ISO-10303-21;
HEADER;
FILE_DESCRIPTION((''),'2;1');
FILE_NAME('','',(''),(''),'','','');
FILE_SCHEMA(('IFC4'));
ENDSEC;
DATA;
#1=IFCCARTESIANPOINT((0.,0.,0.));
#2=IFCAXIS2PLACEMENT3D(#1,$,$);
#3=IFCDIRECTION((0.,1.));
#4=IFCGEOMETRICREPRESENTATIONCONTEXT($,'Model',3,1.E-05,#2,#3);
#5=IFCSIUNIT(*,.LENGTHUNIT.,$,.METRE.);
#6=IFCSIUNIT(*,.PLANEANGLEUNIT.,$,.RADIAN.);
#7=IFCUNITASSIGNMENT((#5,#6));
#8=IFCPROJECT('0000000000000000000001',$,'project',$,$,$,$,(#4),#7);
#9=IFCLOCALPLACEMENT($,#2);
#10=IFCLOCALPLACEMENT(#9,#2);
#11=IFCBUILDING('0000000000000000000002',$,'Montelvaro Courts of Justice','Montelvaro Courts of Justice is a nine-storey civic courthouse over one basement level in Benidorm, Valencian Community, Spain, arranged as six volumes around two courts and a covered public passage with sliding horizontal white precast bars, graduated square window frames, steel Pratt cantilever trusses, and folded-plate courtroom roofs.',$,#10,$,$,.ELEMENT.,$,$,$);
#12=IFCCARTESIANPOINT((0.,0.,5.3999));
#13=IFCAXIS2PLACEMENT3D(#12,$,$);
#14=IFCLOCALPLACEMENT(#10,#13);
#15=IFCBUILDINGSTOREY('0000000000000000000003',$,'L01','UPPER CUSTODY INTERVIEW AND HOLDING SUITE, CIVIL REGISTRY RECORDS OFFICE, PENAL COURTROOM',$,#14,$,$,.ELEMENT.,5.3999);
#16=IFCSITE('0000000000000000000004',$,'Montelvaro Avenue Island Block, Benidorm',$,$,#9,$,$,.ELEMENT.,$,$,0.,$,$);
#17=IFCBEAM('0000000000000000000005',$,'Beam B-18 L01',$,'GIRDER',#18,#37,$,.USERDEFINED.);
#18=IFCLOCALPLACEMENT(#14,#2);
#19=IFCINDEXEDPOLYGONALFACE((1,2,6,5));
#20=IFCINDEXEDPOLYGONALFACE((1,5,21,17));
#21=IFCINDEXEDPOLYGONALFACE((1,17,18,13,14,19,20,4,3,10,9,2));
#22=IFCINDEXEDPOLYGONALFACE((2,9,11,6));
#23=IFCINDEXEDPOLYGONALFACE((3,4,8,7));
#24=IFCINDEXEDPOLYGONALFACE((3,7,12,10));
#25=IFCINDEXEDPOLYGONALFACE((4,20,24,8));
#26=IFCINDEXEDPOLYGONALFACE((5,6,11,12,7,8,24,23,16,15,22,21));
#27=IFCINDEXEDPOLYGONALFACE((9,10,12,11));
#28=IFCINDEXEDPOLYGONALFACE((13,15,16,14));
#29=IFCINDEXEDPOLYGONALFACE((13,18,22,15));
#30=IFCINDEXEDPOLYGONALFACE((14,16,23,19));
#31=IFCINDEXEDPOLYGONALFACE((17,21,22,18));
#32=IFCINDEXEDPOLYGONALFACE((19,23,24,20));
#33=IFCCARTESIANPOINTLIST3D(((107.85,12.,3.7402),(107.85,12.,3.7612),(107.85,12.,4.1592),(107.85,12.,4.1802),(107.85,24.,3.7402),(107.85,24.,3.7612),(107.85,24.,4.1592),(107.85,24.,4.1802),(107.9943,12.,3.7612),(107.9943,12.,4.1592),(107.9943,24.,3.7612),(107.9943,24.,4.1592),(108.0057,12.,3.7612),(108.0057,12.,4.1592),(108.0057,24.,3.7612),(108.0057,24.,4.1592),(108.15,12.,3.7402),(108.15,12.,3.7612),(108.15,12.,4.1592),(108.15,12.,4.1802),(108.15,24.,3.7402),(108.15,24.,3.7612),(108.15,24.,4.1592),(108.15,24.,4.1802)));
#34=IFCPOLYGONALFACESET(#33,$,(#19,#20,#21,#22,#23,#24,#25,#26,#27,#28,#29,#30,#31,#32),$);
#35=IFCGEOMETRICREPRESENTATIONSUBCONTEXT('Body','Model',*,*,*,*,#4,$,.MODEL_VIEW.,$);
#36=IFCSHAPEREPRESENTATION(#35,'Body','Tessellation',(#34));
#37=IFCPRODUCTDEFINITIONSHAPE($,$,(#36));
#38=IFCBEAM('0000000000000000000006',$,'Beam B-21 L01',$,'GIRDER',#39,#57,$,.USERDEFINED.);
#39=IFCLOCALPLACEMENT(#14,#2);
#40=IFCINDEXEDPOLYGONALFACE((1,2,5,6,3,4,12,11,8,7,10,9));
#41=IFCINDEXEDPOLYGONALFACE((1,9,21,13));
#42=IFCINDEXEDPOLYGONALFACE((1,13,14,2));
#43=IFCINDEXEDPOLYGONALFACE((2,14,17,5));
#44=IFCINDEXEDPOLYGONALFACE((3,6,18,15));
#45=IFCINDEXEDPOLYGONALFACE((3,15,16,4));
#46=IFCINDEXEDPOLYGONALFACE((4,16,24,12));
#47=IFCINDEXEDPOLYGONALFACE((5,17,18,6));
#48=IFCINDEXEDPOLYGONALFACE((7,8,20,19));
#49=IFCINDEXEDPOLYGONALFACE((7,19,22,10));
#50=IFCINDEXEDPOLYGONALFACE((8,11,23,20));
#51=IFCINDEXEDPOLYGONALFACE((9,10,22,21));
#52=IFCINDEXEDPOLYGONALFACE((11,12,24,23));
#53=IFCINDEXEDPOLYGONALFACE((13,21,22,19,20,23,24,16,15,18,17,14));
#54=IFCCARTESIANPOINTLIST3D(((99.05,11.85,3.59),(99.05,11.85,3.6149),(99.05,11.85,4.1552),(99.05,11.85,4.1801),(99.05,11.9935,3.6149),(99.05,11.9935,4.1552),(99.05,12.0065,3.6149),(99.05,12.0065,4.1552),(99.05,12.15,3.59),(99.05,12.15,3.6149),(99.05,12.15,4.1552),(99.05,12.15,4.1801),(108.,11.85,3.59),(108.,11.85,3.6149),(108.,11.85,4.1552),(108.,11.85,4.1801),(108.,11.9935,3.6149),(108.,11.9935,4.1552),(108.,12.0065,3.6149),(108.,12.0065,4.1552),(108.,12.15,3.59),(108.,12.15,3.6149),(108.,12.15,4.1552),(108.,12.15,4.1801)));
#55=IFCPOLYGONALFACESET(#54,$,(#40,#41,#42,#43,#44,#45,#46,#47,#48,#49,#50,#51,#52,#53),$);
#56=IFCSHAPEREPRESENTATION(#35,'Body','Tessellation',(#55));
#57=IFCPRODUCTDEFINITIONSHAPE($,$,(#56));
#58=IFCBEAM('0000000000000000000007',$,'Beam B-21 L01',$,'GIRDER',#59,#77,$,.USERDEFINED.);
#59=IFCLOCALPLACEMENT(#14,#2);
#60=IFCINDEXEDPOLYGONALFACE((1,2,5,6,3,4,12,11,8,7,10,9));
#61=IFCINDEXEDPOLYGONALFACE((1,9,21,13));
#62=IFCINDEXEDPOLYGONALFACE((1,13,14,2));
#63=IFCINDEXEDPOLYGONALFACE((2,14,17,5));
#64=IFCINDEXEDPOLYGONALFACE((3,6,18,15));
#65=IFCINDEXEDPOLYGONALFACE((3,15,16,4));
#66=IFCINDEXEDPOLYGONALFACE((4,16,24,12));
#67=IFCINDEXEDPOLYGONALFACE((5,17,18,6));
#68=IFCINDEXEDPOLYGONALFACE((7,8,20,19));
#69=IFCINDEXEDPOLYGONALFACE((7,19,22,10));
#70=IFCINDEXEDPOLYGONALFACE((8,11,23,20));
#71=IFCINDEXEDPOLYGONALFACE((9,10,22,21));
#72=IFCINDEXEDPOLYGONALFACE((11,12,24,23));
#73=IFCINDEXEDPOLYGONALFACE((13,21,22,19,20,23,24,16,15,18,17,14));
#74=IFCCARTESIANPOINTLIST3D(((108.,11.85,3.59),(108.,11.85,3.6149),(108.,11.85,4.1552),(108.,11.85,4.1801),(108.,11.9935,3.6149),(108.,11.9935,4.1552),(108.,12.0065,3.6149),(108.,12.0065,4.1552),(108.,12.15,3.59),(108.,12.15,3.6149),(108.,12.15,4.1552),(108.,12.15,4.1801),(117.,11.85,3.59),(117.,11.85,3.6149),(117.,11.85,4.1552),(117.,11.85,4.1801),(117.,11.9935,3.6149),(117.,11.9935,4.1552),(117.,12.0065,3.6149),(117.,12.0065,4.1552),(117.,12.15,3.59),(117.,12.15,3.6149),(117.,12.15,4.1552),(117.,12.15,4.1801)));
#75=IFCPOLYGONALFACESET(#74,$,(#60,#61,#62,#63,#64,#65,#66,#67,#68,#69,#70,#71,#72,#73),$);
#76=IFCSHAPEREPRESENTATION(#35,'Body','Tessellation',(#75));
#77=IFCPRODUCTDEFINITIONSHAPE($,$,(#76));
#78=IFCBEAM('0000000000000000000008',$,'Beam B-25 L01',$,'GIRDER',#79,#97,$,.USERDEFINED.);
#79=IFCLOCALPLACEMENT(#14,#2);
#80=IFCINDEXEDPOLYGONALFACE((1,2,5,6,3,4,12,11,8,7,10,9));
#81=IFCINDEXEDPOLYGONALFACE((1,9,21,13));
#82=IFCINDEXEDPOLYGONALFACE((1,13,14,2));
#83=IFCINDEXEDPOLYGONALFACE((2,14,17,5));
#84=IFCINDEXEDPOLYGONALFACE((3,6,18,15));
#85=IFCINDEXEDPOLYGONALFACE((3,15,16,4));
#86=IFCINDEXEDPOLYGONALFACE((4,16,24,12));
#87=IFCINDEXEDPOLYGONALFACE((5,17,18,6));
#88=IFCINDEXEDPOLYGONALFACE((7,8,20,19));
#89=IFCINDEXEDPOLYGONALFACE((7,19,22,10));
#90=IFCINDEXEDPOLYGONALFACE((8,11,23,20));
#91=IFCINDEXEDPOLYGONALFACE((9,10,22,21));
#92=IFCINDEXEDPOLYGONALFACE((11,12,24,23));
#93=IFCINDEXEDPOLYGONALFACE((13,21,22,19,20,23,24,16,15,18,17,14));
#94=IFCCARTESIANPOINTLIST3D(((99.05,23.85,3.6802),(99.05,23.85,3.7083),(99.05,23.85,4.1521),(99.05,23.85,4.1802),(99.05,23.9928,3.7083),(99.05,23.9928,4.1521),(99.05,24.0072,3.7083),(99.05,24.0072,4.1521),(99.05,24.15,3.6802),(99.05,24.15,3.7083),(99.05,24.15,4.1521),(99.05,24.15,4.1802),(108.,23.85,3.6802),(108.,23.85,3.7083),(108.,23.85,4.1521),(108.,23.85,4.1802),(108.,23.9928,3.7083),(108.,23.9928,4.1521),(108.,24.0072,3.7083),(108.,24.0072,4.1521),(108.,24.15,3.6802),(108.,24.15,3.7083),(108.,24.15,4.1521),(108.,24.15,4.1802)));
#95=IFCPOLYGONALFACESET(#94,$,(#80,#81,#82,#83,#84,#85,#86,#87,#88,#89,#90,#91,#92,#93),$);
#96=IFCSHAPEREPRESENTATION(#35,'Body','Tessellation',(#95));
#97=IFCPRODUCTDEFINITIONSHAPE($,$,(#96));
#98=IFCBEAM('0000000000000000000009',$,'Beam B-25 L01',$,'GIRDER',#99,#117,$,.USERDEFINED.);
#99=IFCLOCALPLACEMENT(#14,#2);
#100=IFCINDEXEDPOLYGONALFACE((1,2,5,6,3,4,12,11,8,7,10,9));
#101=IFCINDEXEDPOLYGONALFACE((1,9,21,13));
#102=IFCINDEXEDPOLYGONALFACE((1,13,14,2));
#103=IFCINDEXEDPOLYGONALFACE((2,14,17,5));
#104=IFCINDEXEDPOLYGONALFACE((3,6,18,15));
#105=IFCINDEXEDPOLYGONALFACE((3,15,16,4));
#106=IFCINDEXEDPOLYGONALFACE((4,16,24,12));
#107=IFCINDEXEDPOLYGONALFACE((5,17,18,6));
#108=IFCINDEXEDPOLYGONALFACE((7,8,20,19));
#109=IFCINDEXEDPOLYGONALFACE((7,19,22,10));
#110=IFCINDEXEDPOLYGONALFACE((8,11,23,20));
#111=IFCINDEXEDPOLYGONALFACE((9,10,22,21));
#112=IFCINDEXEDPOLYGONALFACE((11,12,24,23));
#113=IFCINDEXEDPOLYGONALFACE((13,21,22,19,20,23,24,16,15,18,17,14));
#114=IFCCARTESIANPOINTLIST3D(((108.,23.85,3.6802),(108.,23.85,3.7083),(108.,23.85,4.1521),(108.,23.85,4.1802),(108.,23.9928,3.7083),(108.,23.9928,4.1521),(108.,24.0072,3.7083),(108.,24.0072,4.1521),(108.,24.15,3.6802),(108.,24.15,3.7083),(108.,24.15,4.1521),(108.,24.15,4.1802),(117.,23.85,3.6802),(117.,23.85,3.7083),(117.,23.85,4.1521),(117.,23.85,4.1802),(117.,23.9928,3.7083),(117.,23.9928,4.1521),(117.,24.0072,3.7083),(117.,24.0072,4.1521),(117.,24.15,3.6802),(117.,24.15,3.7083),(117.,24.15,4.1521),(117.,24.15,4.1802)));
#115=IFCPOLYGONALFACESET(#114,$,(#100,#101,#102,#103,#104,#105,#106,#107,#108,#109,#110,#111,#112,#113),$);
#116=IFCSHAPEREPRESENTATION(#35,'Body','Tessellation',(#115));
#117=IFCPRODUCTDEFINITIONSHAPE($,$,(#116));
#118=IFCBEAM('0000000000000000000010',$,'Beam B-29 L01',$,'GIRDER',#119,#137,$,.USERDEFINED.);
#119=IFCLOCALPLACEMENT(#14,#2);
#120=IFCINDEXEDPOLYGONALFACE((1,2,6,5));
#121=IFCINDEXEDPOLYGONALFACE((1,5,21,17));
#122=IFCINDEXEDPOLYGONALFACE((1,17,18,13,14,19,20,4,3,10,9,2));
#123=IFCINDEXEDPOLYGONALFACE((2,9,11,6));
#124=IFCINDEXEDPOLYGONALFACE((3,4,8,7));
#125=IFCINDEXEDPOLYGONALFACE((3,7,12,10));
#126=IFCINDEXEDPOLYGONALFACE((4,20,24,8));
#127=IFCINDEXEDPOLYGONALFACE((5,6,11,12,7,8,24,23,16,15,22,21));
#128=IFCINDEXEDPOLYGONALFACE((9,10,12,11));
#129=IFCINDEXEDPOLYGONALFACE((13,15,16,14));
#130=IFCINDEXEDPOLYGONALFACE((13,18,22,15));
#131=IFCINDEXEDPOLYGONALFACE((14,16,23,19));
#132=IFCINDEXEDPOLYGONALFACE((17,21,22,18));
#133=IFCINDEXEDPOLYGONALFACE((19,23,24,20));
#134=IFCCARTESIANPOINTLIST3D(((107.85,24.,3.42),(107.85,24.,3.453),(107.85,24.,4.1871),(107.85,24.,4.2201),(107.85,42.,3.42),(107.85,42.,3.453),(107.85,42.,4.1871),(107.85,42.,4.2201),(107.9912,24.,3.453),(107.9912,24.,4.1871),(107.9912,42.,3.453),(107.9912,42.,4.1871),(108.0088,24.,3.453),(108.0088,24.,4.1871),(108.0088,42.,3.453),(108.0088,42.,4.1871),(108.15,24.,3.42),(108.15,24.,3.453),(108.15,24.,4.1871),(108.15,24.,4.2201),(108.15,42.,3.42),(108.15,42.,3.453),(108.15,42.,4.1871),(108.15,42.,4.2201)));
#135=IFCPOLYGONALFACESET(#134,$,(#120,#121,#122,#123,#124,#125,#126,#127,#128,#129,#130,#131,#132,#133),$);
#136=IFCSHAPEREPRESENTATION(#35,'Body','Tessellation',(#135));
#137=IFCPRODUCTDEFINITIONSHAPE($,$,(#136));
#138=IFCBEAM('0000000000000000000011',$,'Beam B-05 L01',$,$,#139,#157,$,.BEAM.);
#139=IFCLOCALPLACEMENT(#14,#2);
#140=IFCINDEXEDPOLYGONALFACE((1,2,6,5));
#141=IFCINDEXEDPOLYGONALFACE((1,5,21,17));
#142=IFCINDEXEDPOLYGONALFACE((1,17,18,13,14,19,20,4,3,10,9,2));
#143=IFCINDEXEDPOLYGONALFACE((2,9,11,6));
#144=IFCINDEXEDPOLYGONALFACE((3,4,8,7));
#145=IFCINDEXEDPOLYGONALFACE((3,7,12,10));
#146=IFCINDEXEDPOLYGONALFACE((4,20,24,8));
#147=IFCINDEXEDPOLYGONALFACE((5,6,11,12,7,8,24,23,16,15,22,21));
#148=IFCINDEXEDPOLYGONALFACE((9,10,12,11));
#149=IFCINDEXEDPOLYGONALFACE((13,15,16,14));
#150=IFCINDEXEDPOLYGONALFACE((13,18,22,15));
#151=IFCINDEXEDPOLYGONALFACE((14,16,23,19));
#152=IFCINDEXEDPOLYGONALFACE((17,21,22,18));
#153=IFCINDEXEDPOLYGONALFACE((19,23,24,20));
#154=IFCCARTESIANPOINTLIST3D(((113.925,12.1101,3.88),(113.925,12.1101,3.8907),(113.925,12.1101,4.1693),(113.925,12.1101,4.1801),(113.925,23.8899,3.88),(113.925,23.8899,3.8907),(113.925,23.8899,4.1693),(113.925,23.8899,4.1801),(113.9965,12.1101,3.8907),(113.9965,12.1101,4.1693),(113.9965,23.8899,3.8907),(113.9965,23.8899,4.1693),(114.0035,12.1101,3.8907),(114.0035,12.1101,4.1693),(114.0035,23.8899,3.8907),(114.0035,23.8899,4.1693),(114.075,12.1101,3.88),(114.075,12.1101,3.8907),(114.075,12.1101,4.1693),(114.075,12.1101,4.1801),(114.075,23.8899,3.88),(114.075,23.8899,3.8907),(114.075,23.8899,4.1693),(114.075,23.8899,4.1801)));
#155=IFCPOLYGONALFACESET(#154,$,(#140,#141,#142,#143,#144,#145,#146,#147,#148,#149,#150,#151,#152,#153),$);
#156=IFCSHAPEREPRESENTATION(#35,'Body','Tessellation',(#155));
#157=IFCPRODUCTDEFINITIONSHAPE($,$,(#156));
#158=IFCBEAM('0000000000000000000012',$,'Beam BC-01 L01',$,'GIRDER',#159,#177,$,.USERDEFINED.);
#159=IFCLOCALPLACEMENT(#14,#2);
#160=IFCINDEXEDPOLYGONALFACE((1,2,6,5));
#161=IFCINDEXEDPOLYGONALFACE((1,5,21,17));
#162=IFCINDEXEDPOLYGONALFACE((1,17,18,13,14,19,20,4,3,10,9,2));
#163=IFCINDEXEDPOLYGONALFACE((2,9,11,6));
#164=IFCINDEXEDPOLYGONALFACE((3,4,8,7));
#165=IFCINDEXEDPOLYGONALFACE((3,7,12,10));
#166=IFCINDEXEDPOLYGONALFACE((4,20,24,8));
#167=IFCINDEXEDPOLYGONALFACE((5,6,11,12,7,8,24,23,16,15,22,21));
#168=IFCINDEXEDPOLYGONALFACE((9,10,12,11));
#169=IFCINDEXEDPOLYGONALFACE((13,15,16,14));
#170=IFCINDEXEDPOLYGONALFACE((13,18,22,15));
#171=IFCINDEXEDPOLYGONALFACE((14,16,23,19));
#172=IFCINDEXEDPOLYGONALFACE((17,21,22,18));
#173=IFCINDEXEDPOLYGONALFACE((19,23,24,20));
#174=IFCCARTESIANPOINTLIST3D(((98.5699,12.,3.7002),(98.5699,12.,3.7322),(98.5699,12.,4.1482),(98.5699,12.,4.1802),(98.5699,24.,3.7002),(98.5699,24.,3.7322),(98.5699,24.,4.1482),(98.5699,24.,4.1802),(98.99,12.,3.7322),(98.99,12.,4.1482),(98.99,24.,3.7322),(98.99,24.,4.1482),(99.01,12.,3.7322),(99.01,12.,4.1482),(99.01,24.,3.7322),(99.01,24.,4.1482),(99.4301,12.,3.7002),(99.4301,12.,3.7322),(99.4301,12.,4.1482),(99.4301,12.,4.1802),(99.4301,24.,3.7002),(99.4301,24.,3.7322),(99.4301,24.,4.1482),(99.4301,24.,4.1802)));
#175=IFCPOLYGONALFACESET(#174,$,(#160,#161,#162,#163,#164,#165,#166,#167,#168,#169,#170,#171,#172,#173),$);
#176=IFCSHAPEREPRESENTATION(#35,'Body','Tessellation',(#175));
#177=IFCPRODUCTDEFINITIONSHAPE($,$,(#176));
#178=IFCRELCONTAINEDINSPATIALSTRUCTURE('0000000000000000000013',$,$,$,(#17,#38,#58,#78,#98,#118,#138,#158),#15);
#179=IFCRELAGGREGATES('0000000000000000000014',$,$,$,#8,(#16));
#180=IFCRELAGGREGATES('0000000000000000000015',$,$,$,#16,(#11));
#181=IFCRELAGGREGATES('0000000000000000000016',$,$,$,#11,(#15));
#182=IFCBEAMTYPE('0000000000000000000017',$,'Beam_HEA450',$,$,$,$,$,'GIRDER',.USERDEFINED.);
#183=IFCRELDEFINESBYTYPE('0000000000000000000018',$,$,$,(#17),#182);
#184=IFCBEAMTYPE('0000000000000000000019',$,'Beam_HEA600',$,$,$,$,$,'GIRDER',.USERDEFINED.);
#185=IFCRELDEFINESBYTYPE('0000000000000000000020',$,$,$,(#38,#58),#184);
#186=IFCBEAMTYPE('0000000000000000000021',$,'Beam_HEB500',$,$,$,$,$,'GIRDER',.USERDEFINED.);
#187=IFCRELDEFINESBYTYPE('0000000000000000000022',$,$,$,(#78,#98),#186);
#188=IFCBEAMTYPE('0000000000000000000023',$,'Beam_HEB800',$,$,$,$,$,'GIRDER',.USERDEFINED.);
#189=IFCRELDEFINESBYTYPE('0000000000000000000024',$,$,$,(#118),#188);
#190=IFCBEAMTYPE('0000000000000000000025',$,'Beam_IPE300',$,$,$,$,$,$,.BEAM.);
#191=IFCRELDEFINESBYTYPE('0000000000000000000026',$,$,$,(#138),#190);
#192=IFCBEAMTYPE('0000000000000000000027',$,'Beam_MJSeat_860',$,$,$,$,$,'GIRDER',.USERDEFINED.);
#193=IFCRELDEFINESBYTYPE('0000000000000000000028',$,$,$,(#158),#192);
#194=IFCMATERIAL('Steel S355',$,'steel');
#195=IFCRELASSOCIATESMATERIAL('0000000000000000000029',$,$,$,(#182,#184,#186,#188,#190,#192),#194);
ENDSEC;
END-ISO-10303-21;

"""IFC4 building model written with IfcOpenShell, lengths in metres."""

from ifc_helpers import new_model, si_unit, direction, frame, origin, origin_2d, place, context, subcontext, project, spatial, i_section, extrude, material, material_profile, profile_set, type_object, element, save


model = new_model("IFC4")

# Units and contexts
model_context = context("Model", 3, precision=1e-05, world=origin(), true_north=direction((0.0, 1.0)))
body_context = subcontext(model_context, "Body", "Model", "MODEL_VIEW")
ifc_project = project(units=[si_unit("LENGTHUNIT", "METRE"), si_unit("PLANEANGLEUNIT", "RADIAN")], contexts=[model_context])

# Site, building, storey
site_placement = place(None, origin())
site = spatial("IfcSite", under=ifc_project, at=site_placement, Name="Montelvaro Avenue Island Block, Benidorm", CompositionType="ELEMENT", RefElevation=0.0)
building_placement = place(site_placement, origin())
building = spatial("IfcBuilding", under=site, at=building_placement, Name="Montelvaro Courts of Justice", Description="Montelvaro Courts of Justice is a nine-storey civic courthouse over one basement level in Benidorm, Valencian Community, Spain, arranged as six volumes around two courts and a covered public passage with sliding horizontal white precast bars, graduated square window frames, steel Pratt cantilever trusses, and folded-plate courtroom roofs.", CompositionType="ELEMENT")
storey_placement = place(building_placement, frame((0.0, 0.0, 5.3999)))
storey = spatial("IfcBuildingStorey", under=building, at=storey_placement, Name="L01", Description="UPPER CUSTODY INTERVIEW AND HOLDING SUITE, CIVIL REGISTRY RECORDS OFFICE, PENAL COURTROOM", CompositionType="ELEMENT", Elevation=5.3999)

# Shared definitions
ifc_material_1 = material(Name="Steel S355", Category="steel")

# Beams
ifc_material_profile_1 = material_profile(ifc_material_1, i_section(OverallWidth=0.3, OverallDepth=0.4399, WebThickness=0.0115, FlangeThickness=0.021, at=origin_2d()), Name="HEA 450")
ifc_profile_set_1 = profile_set([ifc_material_profile_1], Name="Steel S355")
beam_type_1 = type_object("IfcBeamType", Name="Beam_HEA450", ElementType="GIRDER", PredefinedType="USERDEFINED", material=ifc_profile_set_1)
beam_1_placement = place(storey_placement, frame((108.0, 12.0, 3.9602), z_axis=(0.0, 1.0, 0.0), x_axis=(-1.0, 0.0, 0.0)))
element("IfcBeam", 1, at=beam_1_placement, inside=storey, type_object=beam_type_1, Name="Beam B-18 L01", ObjectType="GIRDER", PredefinedType="USERDEFINED", context=body_context, shape_type="SweptSolid", body=[
    extrude(i_section(OverallWidth=0.3, OverallDepth=0.4399, WebThickness=0.0115, FlangeThickness=0.021, at=origin_2d()), origin(), (0.0, 0.0, 1.0), 12.0),
])
ifc_material_profile_2 = material_profile(ifc_material_1, i_section(OverallWidth=0.3, OverallDepth=0.5901, WebThickness=0.0129, FlangeThickness=0.0249, at=origin_2d()), Name="HEA 600")
ifc_profile_set_2 = profile_set([ifc_material_profile_2], Name="Steel S355")
beam_type_2 = type_object("IfcBeamType", Name="Beam_HEA600", ElementType="GIRDER", PredefinedType="USERDEFINED", material=ifc_profile_set_2)
beam_2_placement = place(storey_placement, frame((99.05, 12.0, 3.885), z_axis=(1.0, 0.0, 0.0), x_axis=(0.0, 1.0, 0.0)))
element("IfcBeam", 2, at=beam_2_placement, inside=storey, type_object=beam_type_2, Name="Beam B-21 L01", ObjectType="GIRDER", PredefinedType="USERDEFINED", context=body_context, shape_type="SweptSolid", body=[
    extrude(i_section(OverallWidth=0.3, OverallDepth=0.5901, WebThickness=0.0129, FlangeThickness=0.0249, at=origin_2d()), origin(), (0.0, 0.0, 1.0), 8.95),
])
beam_3_placement = place(storey_placement, frame((108.0, 12.0, 3.885), z_axis=(1.0, 0.0, 0.0), x_axis=(0.0, 1.0, 0.0)))
element("IfcBeam", 3, at=beam_3_placement, inside=storey, type_object=beam_type_2, Name="Beam B-21 L01", ObjectType="GIRDER", PredefinedType="USERDEFINED", context=body_context, shape_type="SweptSolid", body=[
    extrude(i_section(OverallWidth=0.3, OverallDepth=0.5901, WebThickness=0.0129, FlangeThickness=0.0249, at=origin_2d()), origin(), (0.0, 0.0, 1.0), 9.0),
])
ifc_material_profile_3 = material_profile(ifc_material_1, i_section(OverallWidth=0.3, OverallDepth=0.5, WebThickness=0.0144, FlangeThickness=0.0281, at=origin_2d()), Name="HEB 500")
ifc_profile_set_3 = profile_set([ifc_material_profile_3], Name="Steel S355")
beam_type_3 = type_object("IfcBeamType", Name="Beam_HEB500", ElementType="GIRDER", PredefinedType="USERDEFINED", material=ifc_profile_set_3)
beam_4_placement = place(storey_placement, frame((99.05, 24.0, 3.9302), z_axis=(1.0, 0.0, 0.0), x_axis=(0.0, 1.0, 0.0)))
element("IfcBeam", 4, at=beam_4_placement, inside=storey, type_object=beam_type_3, Name="Beam B-25 L01", ObjectType="GIRDER", PredefinedType="USERDEFINED", context=body_context, shape_type="SweptSolid", body=[
    extrude(i_section(OverallWidth=0.3, OverallDepth=0.5, WebThickness=0.0144, FlangeThickness=0.0281, at=origin_2d()), origin(), (0.0, 0.0, 1.0), 8.95),
])
beam_5_placement = place(storey_placement, frame((108.0, 24.0, 3.9302), z_axis=(1.0, 0.0, 0.0), x_axis=(0.0, 1.0, 0.0)))
element("IfcBeam", 5, at=beam_5_placement, inside=storey, type_object=beam_type_3, Name="Beam B-25 L01", ObjectType="GIRDER", PredefinedType="USERDEFINED", context=body_context, shape_type="SweptSolid", body=[
    extrude(i_section(OverallWidth=0.3, OverallDepth=0.5, WebThickness=0.0144, FlangeThickness=0.0281, at=origin_2d()), origin(), (0.0, 0.0, 1.0), 9.0),
])
ifc_material_profile_4 = material_profile(ifc_material_1, i_section(OverallWidth=0.3, OverallDepth=0.8, WebThickness=0.0176, FlangeThickness=0.033, at=origin_2d()), Name="HEB 800")
ifc_profile_set_4 = profile_set([ifc_material_profile_4], Name="Steel S355")
beam_type_4 = type_object("IfcBeamType", Name="Beam_HEB800", ElementType="GIRDER", PredefinedType="USERDEFINED", material=ifc_profile_set_4)
beam_6_placement = place(storey_placement, frame((108.0, 24.0, 3.8201), z_axis=(0.0, 1.0, 0.0), x_axis=(-1.0, 0.0, 0.0)))
element("IfcBeam", 6, at=beam_6_placement, inside=storey, type_object=beam_type_4, Name="Beam B-29 L01", ObjectType="GIRDER", PredefinedType="USERDEFINED", context=body_context, shape_type="SweptSolid", body=[
    extrude(i_section(OverallWidth=0.3, OverallDepth=0.8, WebThickness=0.0176, FlangeThickness=0.033, at=origin_2d()), origin(), (0.0, 0.0, 1.0), 18.0),
])
ifc_material_profile_5 = material_profile(ifc_material_1, i_section(OverallWidth=0.1499, OverallDepth=0.3, WebThickness=0.0071, FlangeThickness=0.0107, at=origin_2d()), Name="IPE 300")
ifc_profile_set_5 = profile_set([ifc_material_profile_5], Name="Steel S355")
beam_type_5 = type_object("IfcBeamType", Name="Beam_IPE300", PredefinedType="BEAM", material=ifc_profile_set_5)
beam_7_placement = place(storey_placement, frame((114.0, 12.1101, 4.03), z_axis=(0.0, 1.0, 0.0), x_axis=(-1.0, 0.0, 0.0)))
element("IfcBeam", 7, at=beam_7_placement, inside=storey, type_object=beam_type_5, Name="Beam B-05 L01", PredefinedType="BEAM", context=body_context, shape_type="SweptSolid", body=[
    extrude(i_section(OverallWidth=0.1499, OverallDepth=0.3, WebThickness=0.0071, FlangeThickness=0.0107, at=origin_2d()), origin(), (0.0, 0.0, 1.0), 11.7798),
])
ifc_material_profile_6 = material_profile(ifc_material_1, i_section(OverallWidth=0.8601, OverallDepth=0.48, WebThickness=0.02, FlangeThickness=0.032, at=origin_2d()), Name="HL 480x860")
ifc_profile_set_6 = profile_set([ifc_material_profile_6], Name="Steel S355")
beam_type_6 = type_object("IfcBeamType", Name="Beam_MJSeat_860", ElementType="GIRDER", PredefinedType="USERDEFINED", material=ifc_profile_set_6)
beam_8_placement = place(storey_placement, frame((99.0, 12.0, 3.9402), z_axis=(0.0, 1.0, 0.0), x_axis=(-1.0, 0.0, 0.0)))
element("IfcBeam", 8, at=beam_8_placement, inside=storey, type_object=beam_type_6, Name="Beam BC-01 L01", ObjectType="GIRDER", PredefinedType="USERDEFINED", context=body_context, shape_type="SweptSolid", body=[
    extrude(i_section(OverallWidth=0.8601, OverallDepth=0.48, WebThickness=0.02, FlangeThickness=0.032, at=origin_2d()), origin(), (0.0, 0.0, 1.0), 12.0),
])

save(model, "model.ifc")
